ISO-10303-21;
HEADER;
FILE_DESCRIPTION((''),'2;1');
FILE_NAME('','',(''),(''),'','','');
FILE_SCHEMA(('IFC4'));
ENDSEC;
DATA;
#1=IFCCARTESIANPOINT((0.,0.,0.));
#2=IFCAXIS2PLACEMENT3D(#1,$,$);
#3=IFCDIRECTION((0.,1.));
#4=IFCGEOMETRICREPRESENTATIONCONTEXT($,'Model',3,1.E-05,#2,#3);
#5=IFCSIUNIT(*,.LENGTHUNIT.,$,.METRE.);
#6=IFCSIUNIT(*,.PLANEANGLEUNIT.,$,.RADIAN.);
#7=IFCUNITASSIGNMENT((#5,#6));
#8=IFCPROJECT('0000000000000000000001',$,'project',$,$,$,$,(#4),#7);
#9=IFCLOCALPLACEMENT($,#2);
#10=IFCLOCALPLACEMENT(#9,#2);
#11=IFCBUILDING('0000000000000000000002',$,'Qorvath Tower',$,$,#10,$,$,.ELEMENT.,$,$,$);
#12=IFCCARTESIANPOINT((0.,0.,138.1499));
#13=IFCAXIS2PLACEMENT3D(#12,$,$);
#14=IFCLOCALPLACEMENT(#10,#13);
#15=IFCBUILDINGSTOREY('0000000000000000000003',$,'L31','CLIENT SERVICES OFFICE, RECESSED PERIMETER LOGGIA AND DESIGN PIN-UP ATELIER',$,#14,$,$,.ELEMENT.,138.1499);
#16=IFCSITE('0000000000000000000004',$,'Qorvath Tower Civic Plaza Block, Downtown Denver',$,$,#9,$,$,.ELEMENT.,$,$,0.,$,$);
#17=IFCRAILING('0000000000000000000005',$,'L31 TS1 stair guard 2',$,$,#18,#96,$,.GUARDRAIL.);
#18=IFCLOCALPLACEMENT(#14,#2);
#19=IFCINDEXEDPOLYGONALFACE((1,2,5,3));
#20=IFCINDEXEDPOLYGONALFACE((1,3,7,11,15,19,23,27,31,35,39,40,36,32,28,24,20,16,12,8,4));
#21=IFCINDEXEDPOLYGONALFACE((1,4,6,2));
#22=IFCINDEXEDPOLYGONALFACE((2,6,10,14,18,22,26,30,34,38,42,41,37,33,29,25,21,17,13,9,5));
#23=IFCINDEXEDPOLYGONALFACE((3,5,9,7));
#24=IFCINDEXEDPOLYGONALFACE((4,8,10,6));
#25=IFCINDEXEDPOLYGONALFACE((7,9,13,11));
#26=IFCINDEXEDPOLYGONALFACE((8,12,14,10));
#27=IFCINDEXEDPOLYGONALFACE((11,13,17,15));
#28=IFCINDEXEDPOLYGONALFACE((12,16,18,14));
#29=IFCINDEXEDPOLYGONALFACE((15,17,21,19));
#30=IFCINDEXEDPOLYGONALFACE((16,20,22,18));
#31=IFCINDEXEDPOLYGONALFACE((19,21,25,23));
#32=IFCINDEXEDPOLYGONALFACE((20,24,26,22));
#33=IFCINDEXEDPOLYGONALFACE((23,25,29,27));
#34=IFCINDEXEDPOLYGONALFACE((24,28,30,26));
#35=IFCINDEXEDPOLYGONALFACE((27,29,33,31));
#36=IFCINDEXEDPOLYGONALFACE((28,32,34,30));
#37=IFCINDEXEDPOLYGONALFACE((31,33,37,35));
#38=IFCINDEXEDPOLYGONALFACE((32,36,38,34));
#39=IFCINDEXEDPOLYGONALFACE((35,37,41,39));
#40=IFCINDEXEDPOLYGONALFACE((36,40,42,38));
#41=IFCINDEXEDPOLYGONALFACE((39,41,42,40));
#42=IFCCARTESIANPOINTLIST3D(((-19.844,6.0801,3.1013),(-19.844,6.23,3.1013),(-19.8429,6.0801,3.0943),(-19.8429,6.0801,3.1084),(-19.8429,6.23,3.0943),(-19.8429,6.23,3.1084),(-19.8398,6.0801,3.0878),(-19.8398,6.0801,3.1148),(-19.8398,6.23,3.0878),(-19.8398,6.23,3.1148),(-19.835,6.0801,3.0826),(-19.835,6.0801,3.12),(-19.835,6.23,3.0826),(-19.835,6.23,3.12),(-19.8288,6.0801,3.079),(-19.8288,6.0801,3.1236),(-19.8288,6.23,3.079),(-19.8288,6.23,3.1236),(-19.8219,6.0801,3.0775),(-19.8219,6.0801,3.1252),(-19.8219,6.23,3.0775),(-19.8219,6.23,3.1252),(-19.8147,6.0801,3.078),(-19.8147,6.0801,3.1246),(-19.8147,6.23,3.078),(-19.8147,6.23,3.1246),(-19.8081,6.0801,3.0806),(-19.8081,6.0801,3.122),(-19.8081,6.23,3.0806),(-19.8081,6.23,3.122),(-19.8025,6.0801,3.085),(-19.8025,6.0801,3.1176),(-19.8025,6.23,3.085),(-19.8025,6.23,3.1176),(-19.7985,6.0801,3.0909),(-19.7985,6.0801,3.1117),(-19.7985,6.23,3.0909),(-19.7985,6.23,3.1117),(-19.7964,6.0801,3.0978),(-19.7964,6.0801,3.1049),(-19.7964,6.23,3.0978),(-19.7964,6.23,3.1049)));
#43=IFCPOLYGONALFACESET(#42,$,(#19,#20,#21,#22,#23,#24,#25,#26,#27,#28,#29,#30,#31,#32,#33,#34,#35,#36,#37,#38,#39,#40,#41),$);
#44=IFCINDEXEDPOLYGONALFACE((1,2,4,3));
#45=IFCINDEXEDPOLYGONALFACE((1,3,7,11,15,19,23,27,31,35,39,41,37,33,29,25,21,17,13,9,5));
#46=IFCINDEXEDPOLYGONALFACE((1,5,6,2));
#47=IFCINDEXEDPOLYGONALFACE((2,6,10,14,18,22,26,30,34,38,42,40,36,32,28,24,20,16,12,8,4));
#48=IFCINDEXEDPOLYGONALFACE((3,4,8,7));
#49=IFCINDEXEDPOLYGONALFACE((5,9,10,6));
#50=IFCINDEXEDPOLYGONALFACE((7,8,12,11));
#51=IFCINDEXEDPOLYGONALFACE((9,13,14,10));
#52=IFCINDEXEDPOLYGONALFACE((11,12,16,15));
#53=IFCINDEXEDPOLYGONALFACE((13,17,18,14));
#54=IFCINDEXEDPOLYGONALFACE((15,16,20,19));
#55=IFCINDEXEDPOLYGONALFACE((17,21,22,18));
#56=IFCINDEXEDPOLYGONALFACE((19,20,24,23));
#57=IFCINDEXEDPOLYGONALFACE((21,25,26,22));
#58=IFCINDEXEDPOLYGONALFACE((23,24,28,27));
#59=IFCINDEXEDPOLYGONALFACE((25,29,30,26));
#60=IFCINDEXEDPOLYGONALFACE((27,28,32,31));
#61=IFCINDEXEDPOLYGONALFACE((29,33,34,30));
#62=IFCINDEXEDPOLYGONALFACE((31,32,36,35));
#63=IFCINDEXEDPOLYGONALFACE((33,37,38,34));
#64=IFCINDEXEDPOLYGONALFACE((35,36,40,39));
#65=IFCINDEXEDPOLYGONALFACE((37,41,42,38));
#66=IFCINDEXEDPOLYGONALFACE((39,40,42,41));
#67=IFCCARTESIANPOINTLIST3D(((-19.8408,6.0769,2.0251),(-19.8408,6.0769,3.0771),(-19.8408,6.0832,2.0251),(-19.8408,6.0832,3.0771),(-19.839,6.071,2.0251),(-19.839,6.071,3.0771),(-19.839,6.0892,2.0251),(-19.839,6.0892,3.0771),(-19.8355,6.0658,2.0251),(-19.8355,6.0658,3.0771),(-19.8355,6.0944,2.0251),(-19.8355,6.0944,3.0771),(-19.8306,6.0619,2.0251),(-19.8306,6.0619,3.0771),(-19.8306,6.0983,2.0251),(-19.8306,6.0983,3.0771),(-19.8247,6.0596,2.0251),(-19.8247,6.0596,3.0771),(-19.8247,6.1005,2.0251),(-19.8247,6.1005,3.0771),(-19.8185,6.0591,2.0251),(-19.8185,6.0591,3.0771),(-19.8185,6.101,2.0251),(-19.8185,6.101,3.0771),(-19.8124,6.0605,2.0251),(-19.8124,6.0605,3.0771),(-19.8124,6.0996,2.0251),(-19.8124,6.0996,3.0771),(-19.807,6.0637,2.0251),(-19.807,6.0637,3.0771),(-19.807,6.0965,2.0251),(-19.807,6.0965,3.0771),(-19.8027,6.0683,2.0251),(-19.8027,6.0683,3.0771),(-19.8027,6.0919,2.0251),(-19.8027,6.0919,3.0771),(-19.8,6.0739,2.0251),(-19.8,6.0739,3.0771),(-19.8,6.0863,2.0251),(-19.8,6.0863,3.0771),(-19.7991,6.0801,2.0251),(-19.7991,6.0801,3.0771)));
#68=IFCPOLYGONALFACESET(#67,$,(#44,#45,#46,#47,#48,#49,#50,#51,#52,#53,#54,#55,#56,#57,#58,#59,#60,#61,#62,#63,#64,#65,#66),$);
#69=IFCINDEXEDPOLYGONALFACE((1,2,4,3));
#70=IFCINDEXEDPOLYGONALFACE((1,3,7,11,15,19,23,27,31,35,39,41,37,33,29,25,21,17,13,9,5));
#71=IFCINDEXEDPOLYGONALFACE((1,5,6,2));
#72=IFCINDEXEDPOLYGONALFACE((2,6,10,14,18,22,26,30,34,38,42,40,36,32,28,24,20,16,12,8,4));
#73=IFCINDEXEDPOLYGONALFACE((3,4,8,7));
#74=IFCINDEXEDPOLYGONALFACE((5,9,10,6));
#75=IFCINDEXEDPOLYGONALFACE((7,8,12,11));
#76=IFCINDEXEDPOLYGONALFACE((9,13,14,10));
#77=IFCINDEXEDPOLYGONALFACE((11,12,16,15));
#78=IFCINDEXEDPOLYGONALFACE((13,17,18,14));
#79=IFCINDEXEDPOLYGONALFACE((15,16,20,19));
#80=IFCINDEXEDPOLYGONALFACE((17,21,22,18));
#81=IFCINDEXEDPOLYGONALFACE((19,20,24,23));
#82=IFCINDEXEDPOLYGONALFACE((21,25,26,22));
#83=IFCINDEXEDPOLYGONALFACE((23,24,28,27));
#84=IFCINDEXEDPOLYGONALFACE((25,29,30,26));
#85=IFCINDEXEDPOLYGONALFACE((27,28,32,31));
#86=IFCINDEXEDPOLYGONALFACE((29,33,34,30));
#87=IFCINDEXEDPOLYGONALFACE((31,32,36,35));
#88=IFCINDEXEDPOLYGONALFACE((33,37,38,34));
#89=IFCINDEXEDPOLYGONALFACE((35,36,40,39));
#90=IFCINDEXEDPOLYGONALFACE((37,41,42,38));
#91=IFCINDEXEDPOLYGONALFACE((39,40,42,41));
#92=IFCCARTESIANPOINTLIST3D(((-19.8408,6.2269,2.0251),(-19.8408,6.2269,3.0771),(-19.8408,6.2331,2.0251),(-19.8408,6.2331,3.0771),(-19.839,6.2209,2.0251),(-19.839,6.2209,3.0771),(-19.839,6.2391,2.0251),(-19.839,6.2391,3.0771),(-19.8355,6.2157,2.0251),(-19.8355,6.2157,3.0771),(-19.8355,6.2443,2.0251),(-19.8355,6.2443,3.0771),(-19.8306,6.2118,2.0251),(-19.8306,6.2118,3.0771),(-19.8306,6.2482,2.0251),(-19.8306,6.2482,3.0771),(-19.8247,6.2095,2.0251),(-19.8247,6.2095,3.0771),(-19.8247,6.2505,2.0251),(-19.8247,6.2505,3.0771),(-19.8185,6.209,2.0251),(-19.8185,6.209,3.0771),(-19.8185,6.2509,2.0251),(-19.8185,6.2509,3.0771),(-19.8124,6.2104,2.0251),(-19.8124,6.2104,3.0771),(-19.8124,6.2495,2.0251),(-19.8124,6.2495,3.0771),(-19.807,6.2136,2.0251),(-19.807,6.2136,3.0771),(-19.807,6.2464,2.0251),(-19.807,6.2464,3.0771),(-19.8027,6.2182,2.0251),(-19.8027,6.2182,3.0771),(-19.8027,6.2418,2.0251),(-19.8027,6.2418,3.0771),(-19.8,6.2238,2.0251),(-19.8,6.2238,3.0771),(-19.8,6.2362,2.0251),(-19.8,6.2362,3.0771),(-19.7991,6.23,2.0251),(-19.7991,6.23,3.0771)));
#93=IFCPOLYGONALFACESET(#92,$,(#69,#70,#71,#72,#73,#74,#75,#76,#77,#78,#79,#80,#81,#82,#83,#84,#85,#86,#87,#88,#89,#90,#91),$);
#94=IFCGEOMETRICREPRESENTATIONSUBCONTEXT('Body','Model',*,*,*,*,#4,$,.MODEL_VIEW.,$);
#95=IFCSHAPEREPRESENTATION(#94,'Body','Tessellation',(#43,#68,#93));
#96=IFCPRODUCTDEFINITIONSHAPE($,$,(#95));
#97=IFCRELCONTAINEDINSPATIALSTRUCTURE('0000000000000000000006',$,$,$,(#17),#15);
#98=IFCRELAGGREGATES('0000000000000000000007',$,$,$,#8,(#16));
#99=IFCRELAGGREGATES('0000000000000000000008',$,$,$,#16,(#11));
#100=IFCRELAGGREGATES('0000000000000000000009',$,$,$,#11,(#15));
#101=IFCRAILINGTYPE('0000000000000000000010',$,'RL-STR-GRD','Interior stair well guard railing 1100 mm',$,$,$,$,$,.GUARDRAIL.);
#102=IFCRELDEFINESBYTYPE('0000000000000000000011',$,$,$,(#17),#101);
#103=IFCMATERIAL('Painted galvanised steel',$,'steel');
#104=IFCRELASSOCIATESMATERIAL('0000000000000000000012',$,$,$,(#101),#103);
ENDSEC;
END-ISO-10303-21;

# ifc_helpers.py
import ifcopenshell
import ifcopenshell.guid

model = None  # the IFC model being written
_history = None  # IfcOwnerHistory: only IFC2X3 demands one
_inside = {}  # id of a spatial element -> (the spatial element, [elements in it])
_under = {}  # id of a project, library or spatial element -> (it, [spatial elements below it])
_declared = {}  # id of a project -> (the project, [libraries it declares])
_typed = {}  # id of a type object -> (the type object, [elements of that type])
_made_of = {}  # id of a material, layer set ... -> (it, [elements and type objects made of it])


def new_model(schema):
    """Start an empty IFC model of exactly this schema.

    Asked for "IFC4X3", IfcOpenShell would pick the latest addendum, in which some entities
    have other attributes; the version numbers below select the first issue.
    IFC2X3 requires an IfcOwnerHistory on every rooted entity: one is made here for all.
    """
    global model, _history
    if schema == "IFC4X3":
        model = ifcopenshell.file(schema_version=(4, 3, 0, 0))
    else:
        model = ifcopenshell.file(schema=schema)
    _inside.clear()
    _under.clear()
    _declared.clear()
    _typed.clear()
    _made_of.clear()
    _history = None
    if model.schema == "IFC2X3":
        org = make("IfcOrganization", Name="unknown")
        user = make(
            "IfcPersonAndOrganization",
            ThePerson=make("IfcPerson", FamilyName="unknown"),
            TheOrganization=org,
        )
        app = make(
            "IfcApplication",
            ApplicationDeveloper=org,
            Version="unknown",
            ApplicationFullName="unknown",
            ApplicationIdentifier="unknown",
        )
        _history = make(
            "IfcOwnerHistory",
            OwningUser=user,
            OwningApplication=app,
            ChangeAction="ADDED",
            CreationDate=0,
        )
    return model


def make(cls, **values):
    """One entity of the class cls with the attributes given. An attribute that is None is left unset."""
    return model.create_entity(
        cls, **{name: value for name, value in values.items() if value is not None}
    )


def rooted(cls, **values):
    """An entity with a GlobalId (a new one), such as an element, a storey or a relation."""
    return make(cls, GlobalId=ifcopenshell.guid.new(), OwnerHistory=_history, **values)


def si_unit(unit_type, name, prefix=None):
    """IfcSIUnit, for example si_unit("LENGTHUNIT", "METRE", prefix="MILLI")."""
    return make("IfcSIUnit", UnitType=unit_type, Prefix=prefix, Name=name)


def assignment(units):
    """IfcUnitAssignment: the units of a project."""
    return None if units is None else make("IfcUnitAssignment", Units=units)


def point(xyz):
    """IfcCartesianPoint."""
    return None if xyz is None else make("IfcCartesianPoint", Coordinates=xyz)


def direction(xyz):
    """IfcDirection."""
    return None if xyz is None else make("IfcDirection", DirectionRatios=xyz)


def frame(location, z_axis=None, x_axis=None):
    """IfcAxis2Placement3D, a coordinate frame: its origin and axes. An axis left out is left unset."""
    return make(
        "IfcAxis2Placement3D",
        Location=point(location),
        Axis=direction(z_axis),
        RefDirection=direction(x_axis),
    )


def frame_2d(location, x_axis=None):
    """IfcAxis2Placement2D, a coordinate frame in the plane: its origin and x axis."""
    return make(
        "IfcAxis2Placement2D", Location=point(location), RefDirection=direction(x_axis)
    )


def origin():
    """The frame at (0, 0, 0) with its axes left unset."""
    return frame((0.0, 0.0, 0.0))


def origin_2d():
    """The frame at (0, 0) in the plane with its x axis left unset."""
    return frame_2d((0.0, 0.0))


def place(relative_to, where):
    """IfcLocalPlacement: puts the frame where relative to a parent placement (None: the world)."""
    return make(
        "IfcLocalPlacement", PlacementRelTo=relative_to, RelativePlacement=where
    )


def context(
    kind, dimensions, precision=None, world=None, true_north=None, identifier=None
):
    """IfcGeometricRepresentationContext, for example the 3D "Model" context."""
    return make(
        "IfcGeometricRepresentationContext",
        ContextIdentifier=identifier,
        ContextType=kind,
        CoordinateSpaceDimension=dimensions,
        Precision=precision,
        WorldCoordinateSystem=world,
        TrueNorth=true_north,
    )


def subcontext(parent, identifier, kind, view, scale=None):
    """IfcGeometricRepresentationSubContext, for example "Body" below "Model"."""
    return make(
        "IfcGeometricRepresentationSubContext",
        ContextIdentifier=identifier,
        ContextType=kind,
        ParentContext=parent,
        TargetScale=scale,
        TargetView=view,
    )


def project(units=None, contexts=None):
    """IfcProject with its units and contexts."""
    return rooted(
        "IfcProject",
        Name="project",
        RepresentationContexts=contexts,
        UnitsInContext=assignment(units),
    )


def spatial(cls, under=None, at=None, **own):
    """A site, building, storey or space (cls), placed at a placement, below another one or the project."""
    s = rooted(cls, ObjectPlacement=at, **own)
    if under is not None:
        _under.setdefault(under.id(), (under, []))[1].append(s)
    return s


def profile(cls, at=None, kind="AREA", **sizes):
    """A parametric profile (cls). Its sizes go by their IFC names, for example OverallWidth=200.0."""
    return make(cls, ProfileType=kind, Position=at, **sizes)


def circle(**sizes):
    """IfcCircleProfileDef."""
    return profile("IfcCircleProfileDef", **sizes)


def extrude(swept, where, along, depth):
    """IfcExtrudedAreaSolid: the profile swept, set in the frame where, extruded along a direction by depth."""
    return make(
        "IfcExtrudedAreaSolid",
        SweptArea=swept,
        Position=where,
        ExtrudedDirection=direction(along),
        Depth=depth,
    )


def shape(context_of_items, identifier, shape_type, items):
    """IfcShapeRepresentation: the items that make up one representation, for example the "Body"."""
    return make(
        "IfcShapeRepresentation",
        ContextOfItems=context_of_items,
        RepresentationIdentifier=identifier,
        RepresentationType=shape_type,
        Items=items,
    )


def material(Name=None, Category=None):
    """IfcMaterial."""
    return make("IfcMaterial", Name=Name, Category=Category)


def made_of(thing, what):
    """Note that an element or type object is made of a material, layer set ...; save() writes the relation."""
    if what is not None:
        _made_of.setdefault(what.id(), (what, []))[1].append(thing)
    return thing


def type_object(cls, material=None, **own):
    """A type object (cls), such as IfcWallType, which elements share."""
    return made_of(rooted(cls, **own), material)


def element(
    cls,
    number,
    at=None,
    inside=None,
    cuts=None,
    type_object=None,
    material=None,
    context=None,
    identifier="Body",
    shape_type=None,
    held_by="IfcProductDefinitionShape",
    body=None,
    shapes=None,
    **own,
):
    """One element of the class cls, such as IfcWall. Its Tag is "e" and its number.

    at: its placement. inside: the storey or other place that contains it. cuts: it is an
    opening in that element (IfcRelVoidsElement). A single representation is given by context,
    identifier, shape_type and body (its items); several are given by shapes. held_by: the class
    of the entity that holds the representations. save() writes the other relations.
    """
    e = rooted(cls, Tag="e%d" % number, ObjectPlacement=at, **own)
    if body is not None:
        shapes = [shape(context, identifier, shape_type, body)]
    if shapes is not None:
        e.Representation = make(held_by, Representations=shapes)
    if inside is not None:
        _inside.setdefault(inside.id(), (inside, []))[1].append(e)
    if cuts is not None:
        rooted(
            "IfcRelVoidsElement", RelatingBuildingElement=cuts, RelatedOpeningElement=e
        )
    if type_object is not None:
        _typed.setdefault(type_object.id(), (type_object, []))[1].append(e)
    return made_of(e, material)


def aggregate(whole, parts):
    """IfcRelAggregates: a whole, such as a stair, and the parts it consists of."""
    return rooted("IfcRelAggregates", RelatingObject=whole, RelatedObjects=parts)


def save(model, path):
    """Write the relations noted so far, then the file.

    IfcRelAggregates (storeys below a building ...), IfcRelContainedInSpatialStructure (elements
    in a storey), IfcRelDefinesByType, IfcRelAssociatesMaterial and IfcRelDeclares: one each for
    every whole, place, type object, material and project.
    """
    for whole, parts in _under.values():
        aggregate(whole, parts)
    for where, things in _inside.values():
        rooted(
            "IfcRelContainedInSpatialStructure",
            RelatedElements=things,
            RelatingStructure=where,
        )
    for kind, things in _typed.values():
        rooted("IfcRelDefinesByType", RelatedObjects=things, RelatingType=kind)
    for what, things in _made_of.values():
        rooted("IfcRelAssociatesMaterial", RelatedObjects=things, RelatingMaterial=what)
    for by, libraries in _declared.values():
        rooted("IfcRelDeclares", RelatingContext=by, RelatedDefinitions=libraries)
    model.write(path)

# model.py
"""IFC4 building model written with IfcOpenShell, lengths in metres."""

from ifc_helpers import new_model, si_unit, direction, frame, origin, origin_2d, place, context, subcontext, project, spatial, circle, extrude, material, type_object, element, save


model = new_model("IFC4")

# Units and contexts
model_context = context("Model", 3, precision=1e-05, world=origin(), true_north=direction((0.0, 1.0)))
body_context = subcontext(model_context, "Body", "Model", "MODEL_VIEW")
ifc_project = project(units=[si_unit("LENGTHUNIT", "METRE"), si_unit("PLANEANGLEUNIT", "RADIAN")], contexts=[model_context])

# Site, building, storey
site_placement = place(None, origin())
site = spatial("IfcSite", under=ifc_project, at=site_placement, Name="Qorvath Tower Civic Plaza Block, Downtown Denver", CompositionType="ELEMENT", RefElevation=0.0)
building_placement = place(site_placement, origin())
building = spatial("IfcBuilding", under=site, at=building_placement, Name="Qorvath Tower", CompositionType="ELEMENT")
storey_placement = place(building_placement, frame((0.0, 0.0, 138.1499)))
storey = spatial("IfcBuildingStorey", under=building, at=storey_placement, Name="L31", Description="CLIENT SERVICES OFFICE, RECESSED PERIMETER LOGGIA AND DESIGN PIN-UP ATELIER", CompositionType="ELEMENT", Elevation=138.1499)

# Railing
ifc_material_1 = material(Name="Painted galvanised steel", Category="steel")
railing_type_1 = type_object("IfcRailingType", Name="RL-STR-GRD", Description="Interior stair well guard railing 1100 mm", PredefinedType="GUARDRAIL", material=ifc_material_1)
railing_1_placement = place(storey_placement, frame((-19.8201, 6.0801, 2.0251)))
element("IfcRailing", 1, at=railing_1_placement, inside=storey, type_object=railing_type_1, Name="L31 TS1 stair guard 2", PredefinedType="GUARDRAIL", context=body_context, shape_type="SweptSolid", body=[
    extrude(circle(Radius=0.0239, at=origin_2d()), frame((0.0, 0.0, 1.0762), z_axis=(0.0, 1.0, 0.0), x_axis=(-1.0, 0.0, 0.0)), (0.0, 0.0, 1.0), 0.1499),
    extrude(circle(Radius=0.021, at=origin_2d()), origin(), (0.0, 0.0, 1.0), 1.052),
    extrude(circle(Radius=0.021, at=origin_2d()), frame((0.0, 0.1499, 0.0)), (0.0, 0.0, 1.0), 1.052),
])

save(model, "model.ifc")
